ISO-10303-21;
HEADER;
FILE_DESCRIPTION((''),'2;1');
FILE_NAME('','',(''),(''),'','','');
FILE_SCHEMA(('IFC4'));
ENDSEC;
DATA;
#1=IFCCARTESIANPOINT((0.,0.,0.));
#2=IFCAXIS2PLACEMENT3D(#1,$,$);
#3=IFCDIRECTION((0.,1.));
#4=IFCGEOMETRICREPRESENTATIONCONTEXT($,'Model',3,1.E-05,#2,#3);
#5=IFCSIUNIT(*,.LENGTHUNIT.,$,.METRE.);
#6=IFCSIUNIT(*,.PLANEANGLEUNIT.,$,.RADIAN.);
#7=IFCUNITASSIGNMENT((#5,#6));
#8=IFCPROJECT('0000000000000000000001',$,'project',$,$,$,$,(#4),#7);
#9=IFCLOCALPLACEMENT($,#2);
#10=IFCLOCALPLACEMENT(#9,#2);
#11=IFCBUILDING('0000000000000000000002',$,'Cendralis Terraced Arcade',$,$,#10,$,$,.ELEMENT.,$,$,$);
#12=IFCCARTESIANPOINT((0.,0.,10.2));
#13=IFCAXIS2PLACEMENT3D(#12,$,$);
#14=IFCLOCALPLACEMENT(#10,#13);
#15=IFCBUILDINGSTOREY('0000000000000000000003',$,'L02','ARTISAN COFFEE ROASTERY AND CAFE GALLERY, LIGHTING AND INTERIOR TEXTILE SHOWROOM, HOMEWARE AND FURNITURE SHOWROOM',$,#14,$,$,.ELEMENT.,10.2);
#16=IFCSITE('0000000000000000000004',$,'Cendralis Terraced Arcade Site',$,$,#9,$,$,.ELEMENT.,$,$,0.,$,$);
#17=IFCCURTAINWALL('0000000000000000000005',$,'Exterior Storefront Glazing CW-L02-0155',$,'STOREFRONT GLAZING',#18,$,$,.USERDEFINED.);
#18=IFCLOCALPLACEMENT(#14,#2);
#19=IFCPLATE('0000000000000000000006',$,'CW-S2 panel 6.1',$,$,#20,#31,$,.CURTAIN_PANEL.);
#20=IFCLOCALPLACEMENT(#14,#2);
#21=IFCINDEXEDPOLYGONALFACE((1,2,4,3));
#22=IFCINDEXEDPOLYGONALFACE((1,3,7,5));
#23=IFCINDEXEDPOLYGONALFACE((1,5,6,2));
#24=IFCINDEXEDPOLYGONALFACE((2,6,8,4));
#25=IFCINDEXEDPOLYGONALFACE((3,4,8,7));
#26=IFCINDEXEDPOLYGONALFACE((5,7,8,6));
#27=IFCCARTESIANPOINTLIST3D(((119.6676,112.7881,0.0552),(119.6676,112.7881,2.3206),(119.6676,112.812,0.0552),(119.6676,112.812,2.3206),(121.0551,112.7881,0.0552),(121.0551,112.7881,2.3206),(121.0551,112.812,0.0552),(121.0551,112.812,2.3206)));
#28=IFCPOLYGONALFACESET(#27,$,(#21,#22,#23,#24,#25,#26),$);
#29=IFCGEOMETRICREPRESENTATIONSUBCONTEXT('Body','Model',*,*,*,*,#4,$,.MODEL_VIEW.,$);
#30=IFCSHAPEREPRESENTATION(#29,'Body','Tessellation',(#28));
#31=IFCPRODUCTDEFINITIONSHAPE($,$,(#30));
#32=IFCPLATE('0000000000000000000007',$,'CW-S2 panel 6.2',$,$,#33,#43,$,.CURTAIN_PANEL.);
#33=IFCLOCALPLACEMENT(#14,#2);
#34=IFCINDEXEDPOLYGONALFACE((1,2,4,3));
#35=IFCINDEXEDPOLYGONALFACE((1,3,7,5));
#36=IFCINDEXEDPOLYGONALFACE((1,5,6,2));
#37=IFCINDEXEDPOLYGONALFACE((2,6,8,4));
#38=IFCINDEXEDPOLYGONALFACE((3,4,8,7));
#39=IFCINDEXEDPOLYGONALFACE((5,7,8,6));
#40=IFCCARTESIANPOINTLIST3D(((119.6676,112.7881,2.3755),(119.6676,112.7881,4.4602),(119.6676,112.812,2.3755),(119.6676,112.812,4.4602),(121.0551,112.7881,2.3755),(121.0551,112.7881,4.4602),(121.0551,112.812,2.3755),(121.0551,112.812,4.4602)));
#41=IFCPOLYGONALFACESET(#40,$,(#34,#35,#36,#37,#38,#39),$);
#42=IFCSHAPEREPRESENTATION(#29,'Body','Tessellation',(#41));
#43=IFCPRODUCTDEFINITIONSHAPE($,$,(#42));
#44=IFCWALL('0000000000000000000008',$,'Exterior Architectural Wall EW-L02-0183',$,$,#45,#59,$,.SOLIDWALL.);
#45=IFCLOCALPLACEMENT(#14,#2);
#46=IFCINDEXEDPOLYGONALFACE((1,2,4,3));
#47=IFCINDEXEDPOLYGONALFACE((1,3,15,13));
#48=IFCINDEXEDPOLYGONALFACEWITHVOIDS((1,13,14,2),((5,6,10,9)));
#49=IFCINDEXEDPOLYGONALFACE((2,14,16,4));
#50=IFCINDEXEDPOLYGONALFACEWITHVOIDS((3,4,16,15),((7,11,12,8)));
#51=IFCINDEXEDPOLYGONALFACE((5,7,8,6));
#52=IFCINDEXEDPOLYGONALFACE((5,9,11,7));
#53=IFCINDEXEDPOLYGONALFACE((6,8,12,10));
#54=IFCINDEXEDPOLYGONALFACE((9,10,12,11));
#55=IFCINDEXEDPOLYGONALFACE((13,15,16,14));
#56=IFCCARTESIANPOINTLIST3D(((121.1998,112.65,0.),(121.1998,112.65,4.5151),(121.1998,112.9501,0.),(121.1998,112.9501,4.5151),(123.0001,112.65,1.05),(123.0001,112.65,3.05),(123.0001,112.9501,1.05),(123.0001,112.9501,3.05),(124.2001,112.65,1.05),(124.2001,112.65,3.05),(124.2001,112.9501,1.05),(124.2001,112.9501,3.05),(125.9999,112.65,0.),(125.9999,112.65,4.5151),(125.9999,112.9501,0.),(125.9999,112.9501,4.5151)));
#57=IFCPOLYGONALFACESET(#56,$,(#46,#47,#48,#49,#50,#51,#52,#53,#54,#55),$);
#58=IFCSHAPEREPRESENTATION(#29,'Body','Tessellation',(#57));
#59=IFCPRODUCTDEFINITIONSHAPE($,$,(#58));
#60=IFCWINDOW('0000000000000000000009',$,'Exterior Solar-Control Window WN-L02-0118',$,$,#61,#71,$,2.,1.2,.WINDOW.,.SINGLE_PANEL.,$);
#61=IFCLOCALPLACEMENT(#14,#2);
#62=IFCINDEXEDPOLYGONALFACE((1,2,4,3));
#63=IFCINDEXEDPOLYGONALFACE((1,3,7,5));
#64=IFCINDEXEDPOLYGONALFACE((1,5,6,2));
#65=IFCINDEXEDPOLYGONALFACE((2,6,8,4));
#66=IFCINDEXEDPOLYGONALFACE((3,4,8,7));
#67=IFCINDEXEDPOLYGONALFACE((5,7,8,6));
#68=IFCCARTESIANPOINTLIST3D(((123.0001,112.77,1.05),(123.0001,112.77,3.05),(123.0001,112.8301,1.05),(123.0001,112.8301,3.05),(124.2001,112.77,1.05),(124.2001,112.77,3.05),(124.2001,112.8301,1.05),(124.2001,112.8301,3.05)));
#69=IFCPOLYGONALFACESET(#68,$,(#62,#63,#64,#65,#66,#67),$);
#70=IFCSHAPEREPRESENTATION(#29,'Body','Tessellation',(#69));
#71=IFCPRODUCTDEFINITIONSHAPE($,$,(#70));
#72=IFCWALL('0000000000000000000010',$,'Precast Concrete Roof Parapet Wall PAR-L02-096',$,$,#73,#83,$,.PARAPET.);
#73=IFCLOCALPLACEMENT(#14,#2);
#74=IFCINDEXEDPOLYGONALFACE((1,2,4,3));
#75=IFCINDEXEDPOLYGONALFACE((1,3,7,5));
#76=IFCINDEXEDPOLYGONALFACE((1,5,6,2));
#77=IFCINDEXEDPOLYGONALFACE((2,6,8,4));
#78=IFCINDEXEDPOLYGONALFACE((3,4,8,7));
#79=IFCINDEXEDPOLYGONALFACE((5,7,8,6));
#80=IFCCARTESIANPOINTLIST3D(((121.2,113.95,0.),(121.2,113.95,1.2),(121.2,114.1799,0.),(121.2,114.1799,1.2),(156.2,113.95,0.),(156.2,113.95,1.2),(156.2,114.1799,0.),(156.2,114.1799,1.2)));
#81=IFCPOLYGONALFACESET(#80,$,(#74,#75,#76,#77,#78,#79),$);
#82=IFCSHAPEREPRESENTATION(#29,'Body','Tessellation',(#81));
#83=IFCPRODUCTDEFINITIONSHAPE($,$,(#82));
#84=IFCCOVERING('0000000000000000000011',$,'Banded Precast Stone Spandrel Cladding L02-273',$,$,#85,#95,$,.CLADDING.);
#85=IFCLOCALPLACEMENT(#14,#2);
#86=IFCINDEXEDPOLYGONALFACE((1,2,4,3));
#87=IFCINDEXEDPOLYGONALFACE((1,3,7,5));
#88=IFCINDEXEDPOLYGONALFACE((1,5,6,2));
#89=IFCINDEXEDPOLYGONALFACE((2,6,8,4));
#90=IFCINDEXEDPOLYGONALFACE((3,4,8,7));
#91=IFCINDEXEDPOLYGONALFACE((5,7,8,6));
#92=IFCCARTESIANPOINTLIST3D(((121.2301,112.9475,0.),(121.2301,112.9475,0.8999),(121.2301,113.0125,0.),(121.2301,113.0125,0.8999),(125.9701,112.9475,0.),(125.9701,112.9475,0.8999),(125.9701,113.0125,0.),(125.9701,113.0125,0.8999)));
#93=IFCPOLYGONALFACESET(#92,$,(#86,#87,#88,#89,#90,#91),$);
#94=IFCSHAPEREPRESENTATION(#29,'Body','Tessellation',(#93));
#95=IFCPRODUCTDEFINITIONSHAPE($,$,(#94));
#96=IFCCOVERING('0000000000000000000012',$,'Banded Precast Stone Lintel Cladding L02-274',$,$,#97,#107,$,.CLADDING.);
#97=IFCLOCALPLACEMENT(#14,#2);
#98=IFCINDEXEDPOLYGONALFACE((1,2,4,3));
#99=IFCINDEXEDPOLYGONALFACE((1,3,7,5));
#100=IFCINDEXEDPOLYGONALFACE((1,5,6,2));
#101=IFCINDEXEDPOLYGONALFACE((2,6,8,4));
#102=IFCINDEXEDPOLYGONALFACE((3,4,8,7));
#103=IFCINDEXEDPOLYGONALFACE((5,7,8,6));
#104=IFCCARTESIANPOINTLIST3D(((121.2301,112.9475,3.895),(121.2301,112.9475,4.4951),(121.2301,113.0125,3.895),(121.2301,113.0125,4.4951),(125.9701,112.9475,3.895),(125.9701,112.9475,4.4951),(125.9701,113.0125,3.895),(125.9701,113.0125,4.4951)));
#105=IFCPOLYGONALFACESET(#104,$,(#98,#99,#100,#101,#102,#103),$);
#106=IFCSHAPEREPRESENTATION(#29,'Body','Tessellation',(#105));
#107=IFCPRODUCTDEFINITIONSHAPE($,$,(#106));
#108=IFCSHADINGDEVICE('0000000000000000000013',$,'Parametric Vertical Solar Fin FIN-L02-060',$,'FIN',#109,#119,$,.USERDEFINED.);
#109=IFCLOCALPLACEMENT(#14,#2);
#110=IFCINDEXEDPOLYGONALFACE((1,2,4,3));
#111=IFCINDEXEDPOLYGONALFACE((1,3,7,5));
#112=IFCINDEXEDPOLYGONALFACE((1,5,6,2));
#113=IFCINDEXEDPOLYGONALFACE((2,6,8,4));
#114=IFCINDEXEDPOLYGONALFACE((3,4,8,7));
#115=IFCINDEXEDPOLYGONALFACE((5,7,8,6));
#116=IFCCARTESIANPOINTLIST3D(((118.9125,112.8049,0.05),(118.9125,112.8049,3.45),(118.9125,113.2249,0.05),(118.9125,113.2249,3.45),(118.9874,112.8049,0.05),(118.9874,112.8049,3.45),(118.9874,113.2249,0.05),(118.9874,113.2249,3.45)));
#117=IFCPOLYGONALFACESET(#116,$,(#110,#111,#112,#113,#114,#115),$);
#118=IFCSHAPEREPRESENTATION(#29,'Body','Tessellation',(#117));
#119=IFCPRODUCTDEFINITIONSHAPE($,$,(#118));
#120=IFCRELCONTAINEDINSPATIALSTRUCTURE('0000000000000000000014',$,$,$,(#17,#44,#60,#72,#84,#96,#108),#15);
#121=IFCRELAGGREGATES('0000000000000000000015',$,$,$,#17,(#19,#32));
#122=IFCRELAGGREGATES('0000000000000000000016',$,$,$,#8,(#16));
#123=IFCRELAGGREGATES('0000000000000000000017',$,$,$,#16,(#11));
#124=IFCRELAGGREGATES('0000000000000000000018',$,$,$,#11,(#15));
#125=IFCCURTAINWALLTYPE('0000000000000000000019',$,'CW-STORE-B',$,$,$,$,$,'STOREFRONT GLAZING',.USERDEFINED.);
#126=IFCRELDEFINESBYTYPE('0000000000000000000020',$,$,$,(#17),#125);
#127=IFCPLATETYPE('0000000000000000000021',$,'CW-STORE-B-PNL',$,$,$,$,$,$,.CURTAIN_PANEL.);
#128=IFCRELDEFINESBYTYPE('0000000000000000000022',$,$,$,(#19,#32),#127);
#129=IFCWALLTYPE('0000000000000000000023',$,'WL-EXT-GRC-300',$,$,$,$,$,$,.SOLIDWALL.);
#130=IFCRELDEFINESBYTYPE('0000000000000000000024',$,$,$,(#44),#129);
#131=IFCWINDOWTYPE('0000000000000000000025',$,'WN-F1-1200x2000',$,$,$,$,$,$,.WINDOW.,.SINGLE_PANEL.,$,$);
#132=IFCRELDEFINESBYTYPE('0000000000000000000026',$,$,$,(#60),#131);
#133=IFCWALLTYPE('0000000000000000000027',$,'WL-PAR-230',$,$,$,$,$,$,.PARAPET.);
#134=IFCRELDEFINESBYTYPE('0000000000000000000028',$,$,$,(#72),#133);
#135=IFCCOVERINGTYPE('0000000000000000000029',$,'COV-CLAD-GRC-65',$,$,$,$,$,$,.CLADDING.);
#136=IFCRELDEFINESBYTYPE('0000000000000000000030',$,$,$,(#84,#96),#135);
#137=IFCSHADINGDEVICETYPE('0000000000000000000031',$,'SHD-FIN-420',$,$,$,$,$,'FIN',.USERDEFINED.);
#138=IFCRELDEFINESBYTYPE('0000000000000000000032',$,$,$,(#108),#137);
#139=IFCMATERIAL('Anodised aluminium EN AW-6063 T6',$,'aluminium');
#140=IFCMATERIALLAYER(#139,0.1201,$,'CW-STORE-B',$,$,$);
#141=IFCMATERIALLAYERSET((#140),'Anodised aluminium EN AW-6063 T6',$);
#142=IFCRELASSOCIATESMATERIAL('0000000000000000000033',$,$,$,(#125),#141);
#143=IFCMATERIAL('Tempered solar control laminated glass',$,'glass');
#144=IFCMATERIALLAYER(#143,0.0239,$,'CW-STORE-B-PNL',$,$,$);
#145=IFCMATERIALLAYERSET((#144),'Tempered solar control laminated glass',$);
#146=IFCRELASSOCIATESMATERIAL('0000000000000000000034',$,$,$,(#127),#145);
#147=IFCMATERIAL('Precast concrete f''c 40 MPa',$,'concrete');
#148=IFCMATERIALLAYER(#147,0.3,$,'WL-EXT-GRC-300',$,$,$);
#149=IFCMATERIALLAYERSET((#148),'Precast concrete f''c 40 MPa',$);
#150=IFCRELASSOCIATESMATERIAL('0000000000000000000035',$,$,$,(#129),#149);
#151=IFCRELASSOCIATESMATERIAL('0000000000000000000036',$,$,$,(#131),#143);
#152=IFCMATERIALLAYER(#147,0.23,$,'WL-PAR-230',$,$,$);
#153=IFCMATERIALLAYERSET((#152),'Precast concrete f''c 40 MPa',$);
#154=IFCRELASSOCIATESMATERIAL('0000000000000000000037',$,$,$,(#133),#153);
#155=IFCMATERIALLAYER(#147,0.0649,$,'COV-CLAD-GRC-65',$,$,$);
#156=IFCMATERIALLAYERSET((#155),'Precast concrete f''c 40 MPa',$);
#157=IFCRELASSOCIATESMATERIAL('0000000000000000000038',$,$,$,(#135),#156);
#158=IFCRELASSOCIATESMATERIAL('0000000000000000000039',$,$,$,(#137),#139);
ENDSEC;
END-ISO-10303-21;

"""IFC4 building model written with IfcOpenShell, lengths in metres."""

from ifc_helpers import new_model, si_unit, direction, frame, frame_2d, origin, origin_2d, place, context, subcontext, project, spatial, rectangle, extrude, material, layer, layer_set, type_object, element, fill, aggregate, save


model = new_model("IFC4")

# Units and contexts
model_context = context("Model", 3, precision=1e-05, world=origin(), true_north=direction((0.0, 1.0)))
body_context = subcontext(model_context, "Body", "Model", "MODEL_VIEW")
ifc_project = project(units=[si_unit("LENGTHUNIT", "METRE"), si_unit("PLANEANGLEUNIT", "RADIAN")], contexts=[model_context])

# Site, building, storey
site_placement = place(None, origin())
site = spatial("IfcSite", under=ifc_project, at=site_placement, Name="Cendralis Terraced Arcade Site", CompositionType="ELEMENT", RefElevation=0.0)
building_placement = place(site_placement, origin())
building = spatial("IfcBuilding", under=site, at=building_placement, Name="Cendralis Terraced Arcade", CompositionType="ELEMENT")
storey_placement = place(building_placement, frame((0.0, 0.0, 10.2)))
storey = spatial("IfcBuildingStorey", under=building, at=storey_placement, Name="L02", Description="ARTISAN COFFEE ROASTERY AND CAFE GALLERY, LIGHTING AND INTERIOR TEXTILE SHOWROOM, HOMEWARE AND FURNITURE SHOWROOM", CompositionType="ELEMENT", Elevation=10.2)

# Curtain wall, plates
ifc_material_1 = material(Name="Anodised aluminium EN AW-6063 T6", Category="aluminium")
ifc_layer_1 = layer(ifc_material_1, 0.1201, Name="CW-STORE-B")
ifc_layer_set_1 = layer_set([ifc_layer_1], Name="Anodised aluminium EN AW-6063 T6")
curtain_wall_type = type_object("IfcCurtainWallType", Name="CW-STORE-B", ElementType="STOREFRONT GLAZING", PredefinedType="USERDEFINED", material=ifc_layer_set_1)
curtain_wall_placement = place(storey_placement, origin())
curtain_wall = element("IfcCurtainWall", 1, at=curtain_wall_placement, inside=storey, type_object=curtain_wall_type, Name="Exterior Storefront Glazing CW-L02-0155", ObjectType="STOREFRONT GLAZING", PredefinedType="USERDEFINED")
ifc_material_2 = material(Name="Tempered solar control laminated glass", Category="glass")
ifc_layer_2 = layer(ifc_material_2, 0.0239, Name="CW-STORE-B-PNL")
ifc_layer_set_2 = layer_set([ifc_layer_2], Name="Tempered solar control laminated glass")
plate_type = type_object("IfcPlateType", Name="CW-STORE-B-PNL", PredefinedType="CURTAIN_PANEL", material=ifc_layer_set_2)
plate_1_placement = place(storey_placement, frame((120.3613, 112.8, 0.0552), z_axis=(0.0, 0.0, 1.0), x_axis=(1.0, 0.0, 0.0)))
plate_1 = element("IfcPlate", 2, at=plate_1_placement, type_object=plate_type, Name="CW-S2 panel 6.1", PredefinedType="CURTAIN_PANEL", context=body_context, shape_type="SweptSolid", body=[
    extrude(rectangle(XDim=1.3875, YDim=0.0239, at=origin_2d()), origin(), (0.0, 0.0, 1.0), 2.2654),
])
plate_2_placement = place(storey_placement, frame((120.3613, 112.8, 2.3755), z_axis=(0.0, 0.0, 1.0), x_axis=(1.0, 0.0, 0.0)))
plate_2 = element("IfcPlate", 3, at=plate_2_placement, type_object=plate_type, Name="CW-S2 panel 6.2", PredefinedType="CURTAIN_PANEL", context=body_context, shape_type="SweptSolid", body=[
    extrude(rectangle(XDim=1.3875, YDim=0.0239, at=origin_2d()), origin(), (0.0, 0.0, 1.0), 2.0847),
])
aggregate(curtain_wall, [plate_1, plate_2])

# Wall, opening, window
ifc_material_3 = material(Name="Precast concrete f'c 40 MPa", Category="concrete")
ifc_layer_3 = layer(ifc_material_3, 0.3, Name="WL-EXT-GRC-300")
ifc_layer_set_3 = layer_set([ifc_layer_3], Name="Precast concrete f'c 40 MPa")
wall_type_1 = type_object("IfcWallType", Name="WL-EXT-GRC-300", PredefinedType="SOLIDWALL", material=ifc_layer_set_3)
wall_1_placement = place(storey_placement, frame((121.2, 112.8, 0.0), z_axis=(0.0, 0.0, 1.0), x_axis=(1.0, 0.0, 0.0)))
wall_1 = element("IfcWall", 4, at=wall_1_placement, inside=storey, type_object=wall_type_1, Name="Exterior Architectural Wall EW-L02-0183", PredefinedType="SOLIDWALL", context=body_context, shape_type="SweptSolid", body=[
    extrude(rectangle(XDim=4.8, YDim=0.3, at=frame_2d((2.3999, 0.0))), origin(), (0.0, 0.0, 1.0), 4.5151),
])
opening_placement = place(wall_1_placement, frame((1.8, 0.0, 1.05)))
opening = element("IfcOpeningElement", 5, at=opening_placement, cuts=wall_1, PredefinedType="OPENING", context=body_context, shape_type="SweptSolid", body=[
    extrude(rectangle(XDim=1.2, YDim=2.0, at=frame_2d((0.6001, 1.0))), frame((0.0, 0.1621, 0.0), z_axis=(0.0, -1.0, 0.0), x_axis=(1.0, 0.0, 0.0)), (0.0, 0.0, 1.0), 0.324),
])
window_type = type_object("IfcWindowType", Name="WN-F1-1200x2000", PartitioningType="SINGLE_PANEL", PredefinedType="WINDOW", material=ifc_material_2)
window_placement = place(opening_placement, origin())
window = element("IfcWindow", 6, at=window_placement, inside=storey, type_object=window_type, Name="Exterior Solar-Control Window WN-L02-0118", OverallHeight=2.0, OverallWidth=1.2, PartitioningType="SINGLE_PANEL", PredefinedType="WINDOW", context=body_context, shape_type="SweptSolid", body=[
    extrude(rectangle(XDim=1.2, YDim=2.0, at=frame_2d((0.6001, 1.0))), frame((0.0, 0.03, 0.0), z_axis=(0.0, -1.0, 0.0), x_axis=(1.0, 0.0, 0.0)), (0.0, 0.0, 1.0), 0.0601),
])
fill(opening, window)

# Wall
ifc_layer_4 = layer(ifc_material_3, 0.23, Name="WL-PAR-230")
ifc_layer_set_4 = layer_set([ifc_layer_4], Name="Precast concrete f'c 40 MPa")
wall_type_2 = type_object("IfcWallType", Name="WL-PAR-230", PredefinedType="PARAPET", material=ifc_layer_set_4)
wall_2_placement = place(storey_placement, frame((121.2, 114.0649, 0.0), z_axis=(0.0, 0.0, 1.0), x_axis=(1.0, 0.0, 0.0)))
element("IfcWall", 7, at=wall_2_placement, inside=storey, type_object=wall_type_2, Name="Precast Concrete Roof Parapet Wall PAR-L02-096", PredefinedType="PARAPET", context=body_context, shape_type="SweptSolid", body=[
    extrude(rectangle(XDim=35.0, YDim=0.23, at=frame_2d((17.5, 0.0))), origin(), (0.0, 0.0, 1.0), 1.2),
])

# Coverings
ifc_layer_5 = layer(ifc_material_3, 0.0649, Name="COV-CLAD-GRC-65")
ifc_layer_set_5 = layer_set([ifc_layer_5], Name="Precast concrete f'c 40 MPa")
covering_type = type_object("IfcCoveringType", Name="COV-CLAD-GRC-65", PredefinedType="CLADDING", material=ifc_layer_set_5)
covering_1_placement = place(storey_placement, frame((123.6001, 112.98, 0.0), z_axis=(0.0, 0.0, 1.0), x_axis=(1.0, 0.0, 0.0)))
element("IfcCovering", 8, at=covering_1_placement, inside=storey, type_object=covering_type, Name="Banded Precast Stone Spandrel Cladding L02-273", PredefinedType="CLADDING", context=body_context, shape_type="SweptSolid", body=[
    extrude(rectangle(XDim=4.74, YDim=0.0649, at=origin_2d()), origin(), (0.0, 0.0, 1.0), 0.8999),
])
covering_2_placement = place(storey_placement, frame((123.6001, 112.98, 3.895), z_axis=(0.0, 0.0, 1.0), x_axis=(1.0, 0.0, 0.0)))
element("IfcCovering", 9, at=covering_2_placement, inside=storey, type_object=covering_type, Name="Banded Precast Stone Lintel Cladding L02-274", PredefinedType="CLADDING", context=body_context, shape_type="SweptSolid", body=[
    extrude(rectangle(XDim=4.74, YDim=0.0649, at=origin_2d()), origin(), (0.0, 0.0, 1.0), 0.6001),
])

# Shading device
shading_device_type = type_object("IfcShadingDeviceType", Name="SHD-FIN-420", ElementType="FIN", PredefinedType="USERDEFINED", material=ifc_material_1)
shading_device_placement = place(storey_placement, frame((118.95, 113.0149, 0.05), z_axis=(0.0, 0.0, 1.0), x_axis=(1.0, 0.0, 0.0)))
element("IfcShadingDevice", 10, at=shading_device_placement, inside=storey, type_object=shading_device_type, Name="Parametric Vertical Solar Fin FIN-L02-060", ObjectType="FIN", PredefinedType="USERDEFINED", context=body_context, shape_type="SweptSolid", body=[
    extrude(rectangle(XDim=0.075, YDim=0.4199, at=origin_2d()), origin(), (0.0, 0.0, 1.0), 3.3999),
])

save(model, "model.ifc")
